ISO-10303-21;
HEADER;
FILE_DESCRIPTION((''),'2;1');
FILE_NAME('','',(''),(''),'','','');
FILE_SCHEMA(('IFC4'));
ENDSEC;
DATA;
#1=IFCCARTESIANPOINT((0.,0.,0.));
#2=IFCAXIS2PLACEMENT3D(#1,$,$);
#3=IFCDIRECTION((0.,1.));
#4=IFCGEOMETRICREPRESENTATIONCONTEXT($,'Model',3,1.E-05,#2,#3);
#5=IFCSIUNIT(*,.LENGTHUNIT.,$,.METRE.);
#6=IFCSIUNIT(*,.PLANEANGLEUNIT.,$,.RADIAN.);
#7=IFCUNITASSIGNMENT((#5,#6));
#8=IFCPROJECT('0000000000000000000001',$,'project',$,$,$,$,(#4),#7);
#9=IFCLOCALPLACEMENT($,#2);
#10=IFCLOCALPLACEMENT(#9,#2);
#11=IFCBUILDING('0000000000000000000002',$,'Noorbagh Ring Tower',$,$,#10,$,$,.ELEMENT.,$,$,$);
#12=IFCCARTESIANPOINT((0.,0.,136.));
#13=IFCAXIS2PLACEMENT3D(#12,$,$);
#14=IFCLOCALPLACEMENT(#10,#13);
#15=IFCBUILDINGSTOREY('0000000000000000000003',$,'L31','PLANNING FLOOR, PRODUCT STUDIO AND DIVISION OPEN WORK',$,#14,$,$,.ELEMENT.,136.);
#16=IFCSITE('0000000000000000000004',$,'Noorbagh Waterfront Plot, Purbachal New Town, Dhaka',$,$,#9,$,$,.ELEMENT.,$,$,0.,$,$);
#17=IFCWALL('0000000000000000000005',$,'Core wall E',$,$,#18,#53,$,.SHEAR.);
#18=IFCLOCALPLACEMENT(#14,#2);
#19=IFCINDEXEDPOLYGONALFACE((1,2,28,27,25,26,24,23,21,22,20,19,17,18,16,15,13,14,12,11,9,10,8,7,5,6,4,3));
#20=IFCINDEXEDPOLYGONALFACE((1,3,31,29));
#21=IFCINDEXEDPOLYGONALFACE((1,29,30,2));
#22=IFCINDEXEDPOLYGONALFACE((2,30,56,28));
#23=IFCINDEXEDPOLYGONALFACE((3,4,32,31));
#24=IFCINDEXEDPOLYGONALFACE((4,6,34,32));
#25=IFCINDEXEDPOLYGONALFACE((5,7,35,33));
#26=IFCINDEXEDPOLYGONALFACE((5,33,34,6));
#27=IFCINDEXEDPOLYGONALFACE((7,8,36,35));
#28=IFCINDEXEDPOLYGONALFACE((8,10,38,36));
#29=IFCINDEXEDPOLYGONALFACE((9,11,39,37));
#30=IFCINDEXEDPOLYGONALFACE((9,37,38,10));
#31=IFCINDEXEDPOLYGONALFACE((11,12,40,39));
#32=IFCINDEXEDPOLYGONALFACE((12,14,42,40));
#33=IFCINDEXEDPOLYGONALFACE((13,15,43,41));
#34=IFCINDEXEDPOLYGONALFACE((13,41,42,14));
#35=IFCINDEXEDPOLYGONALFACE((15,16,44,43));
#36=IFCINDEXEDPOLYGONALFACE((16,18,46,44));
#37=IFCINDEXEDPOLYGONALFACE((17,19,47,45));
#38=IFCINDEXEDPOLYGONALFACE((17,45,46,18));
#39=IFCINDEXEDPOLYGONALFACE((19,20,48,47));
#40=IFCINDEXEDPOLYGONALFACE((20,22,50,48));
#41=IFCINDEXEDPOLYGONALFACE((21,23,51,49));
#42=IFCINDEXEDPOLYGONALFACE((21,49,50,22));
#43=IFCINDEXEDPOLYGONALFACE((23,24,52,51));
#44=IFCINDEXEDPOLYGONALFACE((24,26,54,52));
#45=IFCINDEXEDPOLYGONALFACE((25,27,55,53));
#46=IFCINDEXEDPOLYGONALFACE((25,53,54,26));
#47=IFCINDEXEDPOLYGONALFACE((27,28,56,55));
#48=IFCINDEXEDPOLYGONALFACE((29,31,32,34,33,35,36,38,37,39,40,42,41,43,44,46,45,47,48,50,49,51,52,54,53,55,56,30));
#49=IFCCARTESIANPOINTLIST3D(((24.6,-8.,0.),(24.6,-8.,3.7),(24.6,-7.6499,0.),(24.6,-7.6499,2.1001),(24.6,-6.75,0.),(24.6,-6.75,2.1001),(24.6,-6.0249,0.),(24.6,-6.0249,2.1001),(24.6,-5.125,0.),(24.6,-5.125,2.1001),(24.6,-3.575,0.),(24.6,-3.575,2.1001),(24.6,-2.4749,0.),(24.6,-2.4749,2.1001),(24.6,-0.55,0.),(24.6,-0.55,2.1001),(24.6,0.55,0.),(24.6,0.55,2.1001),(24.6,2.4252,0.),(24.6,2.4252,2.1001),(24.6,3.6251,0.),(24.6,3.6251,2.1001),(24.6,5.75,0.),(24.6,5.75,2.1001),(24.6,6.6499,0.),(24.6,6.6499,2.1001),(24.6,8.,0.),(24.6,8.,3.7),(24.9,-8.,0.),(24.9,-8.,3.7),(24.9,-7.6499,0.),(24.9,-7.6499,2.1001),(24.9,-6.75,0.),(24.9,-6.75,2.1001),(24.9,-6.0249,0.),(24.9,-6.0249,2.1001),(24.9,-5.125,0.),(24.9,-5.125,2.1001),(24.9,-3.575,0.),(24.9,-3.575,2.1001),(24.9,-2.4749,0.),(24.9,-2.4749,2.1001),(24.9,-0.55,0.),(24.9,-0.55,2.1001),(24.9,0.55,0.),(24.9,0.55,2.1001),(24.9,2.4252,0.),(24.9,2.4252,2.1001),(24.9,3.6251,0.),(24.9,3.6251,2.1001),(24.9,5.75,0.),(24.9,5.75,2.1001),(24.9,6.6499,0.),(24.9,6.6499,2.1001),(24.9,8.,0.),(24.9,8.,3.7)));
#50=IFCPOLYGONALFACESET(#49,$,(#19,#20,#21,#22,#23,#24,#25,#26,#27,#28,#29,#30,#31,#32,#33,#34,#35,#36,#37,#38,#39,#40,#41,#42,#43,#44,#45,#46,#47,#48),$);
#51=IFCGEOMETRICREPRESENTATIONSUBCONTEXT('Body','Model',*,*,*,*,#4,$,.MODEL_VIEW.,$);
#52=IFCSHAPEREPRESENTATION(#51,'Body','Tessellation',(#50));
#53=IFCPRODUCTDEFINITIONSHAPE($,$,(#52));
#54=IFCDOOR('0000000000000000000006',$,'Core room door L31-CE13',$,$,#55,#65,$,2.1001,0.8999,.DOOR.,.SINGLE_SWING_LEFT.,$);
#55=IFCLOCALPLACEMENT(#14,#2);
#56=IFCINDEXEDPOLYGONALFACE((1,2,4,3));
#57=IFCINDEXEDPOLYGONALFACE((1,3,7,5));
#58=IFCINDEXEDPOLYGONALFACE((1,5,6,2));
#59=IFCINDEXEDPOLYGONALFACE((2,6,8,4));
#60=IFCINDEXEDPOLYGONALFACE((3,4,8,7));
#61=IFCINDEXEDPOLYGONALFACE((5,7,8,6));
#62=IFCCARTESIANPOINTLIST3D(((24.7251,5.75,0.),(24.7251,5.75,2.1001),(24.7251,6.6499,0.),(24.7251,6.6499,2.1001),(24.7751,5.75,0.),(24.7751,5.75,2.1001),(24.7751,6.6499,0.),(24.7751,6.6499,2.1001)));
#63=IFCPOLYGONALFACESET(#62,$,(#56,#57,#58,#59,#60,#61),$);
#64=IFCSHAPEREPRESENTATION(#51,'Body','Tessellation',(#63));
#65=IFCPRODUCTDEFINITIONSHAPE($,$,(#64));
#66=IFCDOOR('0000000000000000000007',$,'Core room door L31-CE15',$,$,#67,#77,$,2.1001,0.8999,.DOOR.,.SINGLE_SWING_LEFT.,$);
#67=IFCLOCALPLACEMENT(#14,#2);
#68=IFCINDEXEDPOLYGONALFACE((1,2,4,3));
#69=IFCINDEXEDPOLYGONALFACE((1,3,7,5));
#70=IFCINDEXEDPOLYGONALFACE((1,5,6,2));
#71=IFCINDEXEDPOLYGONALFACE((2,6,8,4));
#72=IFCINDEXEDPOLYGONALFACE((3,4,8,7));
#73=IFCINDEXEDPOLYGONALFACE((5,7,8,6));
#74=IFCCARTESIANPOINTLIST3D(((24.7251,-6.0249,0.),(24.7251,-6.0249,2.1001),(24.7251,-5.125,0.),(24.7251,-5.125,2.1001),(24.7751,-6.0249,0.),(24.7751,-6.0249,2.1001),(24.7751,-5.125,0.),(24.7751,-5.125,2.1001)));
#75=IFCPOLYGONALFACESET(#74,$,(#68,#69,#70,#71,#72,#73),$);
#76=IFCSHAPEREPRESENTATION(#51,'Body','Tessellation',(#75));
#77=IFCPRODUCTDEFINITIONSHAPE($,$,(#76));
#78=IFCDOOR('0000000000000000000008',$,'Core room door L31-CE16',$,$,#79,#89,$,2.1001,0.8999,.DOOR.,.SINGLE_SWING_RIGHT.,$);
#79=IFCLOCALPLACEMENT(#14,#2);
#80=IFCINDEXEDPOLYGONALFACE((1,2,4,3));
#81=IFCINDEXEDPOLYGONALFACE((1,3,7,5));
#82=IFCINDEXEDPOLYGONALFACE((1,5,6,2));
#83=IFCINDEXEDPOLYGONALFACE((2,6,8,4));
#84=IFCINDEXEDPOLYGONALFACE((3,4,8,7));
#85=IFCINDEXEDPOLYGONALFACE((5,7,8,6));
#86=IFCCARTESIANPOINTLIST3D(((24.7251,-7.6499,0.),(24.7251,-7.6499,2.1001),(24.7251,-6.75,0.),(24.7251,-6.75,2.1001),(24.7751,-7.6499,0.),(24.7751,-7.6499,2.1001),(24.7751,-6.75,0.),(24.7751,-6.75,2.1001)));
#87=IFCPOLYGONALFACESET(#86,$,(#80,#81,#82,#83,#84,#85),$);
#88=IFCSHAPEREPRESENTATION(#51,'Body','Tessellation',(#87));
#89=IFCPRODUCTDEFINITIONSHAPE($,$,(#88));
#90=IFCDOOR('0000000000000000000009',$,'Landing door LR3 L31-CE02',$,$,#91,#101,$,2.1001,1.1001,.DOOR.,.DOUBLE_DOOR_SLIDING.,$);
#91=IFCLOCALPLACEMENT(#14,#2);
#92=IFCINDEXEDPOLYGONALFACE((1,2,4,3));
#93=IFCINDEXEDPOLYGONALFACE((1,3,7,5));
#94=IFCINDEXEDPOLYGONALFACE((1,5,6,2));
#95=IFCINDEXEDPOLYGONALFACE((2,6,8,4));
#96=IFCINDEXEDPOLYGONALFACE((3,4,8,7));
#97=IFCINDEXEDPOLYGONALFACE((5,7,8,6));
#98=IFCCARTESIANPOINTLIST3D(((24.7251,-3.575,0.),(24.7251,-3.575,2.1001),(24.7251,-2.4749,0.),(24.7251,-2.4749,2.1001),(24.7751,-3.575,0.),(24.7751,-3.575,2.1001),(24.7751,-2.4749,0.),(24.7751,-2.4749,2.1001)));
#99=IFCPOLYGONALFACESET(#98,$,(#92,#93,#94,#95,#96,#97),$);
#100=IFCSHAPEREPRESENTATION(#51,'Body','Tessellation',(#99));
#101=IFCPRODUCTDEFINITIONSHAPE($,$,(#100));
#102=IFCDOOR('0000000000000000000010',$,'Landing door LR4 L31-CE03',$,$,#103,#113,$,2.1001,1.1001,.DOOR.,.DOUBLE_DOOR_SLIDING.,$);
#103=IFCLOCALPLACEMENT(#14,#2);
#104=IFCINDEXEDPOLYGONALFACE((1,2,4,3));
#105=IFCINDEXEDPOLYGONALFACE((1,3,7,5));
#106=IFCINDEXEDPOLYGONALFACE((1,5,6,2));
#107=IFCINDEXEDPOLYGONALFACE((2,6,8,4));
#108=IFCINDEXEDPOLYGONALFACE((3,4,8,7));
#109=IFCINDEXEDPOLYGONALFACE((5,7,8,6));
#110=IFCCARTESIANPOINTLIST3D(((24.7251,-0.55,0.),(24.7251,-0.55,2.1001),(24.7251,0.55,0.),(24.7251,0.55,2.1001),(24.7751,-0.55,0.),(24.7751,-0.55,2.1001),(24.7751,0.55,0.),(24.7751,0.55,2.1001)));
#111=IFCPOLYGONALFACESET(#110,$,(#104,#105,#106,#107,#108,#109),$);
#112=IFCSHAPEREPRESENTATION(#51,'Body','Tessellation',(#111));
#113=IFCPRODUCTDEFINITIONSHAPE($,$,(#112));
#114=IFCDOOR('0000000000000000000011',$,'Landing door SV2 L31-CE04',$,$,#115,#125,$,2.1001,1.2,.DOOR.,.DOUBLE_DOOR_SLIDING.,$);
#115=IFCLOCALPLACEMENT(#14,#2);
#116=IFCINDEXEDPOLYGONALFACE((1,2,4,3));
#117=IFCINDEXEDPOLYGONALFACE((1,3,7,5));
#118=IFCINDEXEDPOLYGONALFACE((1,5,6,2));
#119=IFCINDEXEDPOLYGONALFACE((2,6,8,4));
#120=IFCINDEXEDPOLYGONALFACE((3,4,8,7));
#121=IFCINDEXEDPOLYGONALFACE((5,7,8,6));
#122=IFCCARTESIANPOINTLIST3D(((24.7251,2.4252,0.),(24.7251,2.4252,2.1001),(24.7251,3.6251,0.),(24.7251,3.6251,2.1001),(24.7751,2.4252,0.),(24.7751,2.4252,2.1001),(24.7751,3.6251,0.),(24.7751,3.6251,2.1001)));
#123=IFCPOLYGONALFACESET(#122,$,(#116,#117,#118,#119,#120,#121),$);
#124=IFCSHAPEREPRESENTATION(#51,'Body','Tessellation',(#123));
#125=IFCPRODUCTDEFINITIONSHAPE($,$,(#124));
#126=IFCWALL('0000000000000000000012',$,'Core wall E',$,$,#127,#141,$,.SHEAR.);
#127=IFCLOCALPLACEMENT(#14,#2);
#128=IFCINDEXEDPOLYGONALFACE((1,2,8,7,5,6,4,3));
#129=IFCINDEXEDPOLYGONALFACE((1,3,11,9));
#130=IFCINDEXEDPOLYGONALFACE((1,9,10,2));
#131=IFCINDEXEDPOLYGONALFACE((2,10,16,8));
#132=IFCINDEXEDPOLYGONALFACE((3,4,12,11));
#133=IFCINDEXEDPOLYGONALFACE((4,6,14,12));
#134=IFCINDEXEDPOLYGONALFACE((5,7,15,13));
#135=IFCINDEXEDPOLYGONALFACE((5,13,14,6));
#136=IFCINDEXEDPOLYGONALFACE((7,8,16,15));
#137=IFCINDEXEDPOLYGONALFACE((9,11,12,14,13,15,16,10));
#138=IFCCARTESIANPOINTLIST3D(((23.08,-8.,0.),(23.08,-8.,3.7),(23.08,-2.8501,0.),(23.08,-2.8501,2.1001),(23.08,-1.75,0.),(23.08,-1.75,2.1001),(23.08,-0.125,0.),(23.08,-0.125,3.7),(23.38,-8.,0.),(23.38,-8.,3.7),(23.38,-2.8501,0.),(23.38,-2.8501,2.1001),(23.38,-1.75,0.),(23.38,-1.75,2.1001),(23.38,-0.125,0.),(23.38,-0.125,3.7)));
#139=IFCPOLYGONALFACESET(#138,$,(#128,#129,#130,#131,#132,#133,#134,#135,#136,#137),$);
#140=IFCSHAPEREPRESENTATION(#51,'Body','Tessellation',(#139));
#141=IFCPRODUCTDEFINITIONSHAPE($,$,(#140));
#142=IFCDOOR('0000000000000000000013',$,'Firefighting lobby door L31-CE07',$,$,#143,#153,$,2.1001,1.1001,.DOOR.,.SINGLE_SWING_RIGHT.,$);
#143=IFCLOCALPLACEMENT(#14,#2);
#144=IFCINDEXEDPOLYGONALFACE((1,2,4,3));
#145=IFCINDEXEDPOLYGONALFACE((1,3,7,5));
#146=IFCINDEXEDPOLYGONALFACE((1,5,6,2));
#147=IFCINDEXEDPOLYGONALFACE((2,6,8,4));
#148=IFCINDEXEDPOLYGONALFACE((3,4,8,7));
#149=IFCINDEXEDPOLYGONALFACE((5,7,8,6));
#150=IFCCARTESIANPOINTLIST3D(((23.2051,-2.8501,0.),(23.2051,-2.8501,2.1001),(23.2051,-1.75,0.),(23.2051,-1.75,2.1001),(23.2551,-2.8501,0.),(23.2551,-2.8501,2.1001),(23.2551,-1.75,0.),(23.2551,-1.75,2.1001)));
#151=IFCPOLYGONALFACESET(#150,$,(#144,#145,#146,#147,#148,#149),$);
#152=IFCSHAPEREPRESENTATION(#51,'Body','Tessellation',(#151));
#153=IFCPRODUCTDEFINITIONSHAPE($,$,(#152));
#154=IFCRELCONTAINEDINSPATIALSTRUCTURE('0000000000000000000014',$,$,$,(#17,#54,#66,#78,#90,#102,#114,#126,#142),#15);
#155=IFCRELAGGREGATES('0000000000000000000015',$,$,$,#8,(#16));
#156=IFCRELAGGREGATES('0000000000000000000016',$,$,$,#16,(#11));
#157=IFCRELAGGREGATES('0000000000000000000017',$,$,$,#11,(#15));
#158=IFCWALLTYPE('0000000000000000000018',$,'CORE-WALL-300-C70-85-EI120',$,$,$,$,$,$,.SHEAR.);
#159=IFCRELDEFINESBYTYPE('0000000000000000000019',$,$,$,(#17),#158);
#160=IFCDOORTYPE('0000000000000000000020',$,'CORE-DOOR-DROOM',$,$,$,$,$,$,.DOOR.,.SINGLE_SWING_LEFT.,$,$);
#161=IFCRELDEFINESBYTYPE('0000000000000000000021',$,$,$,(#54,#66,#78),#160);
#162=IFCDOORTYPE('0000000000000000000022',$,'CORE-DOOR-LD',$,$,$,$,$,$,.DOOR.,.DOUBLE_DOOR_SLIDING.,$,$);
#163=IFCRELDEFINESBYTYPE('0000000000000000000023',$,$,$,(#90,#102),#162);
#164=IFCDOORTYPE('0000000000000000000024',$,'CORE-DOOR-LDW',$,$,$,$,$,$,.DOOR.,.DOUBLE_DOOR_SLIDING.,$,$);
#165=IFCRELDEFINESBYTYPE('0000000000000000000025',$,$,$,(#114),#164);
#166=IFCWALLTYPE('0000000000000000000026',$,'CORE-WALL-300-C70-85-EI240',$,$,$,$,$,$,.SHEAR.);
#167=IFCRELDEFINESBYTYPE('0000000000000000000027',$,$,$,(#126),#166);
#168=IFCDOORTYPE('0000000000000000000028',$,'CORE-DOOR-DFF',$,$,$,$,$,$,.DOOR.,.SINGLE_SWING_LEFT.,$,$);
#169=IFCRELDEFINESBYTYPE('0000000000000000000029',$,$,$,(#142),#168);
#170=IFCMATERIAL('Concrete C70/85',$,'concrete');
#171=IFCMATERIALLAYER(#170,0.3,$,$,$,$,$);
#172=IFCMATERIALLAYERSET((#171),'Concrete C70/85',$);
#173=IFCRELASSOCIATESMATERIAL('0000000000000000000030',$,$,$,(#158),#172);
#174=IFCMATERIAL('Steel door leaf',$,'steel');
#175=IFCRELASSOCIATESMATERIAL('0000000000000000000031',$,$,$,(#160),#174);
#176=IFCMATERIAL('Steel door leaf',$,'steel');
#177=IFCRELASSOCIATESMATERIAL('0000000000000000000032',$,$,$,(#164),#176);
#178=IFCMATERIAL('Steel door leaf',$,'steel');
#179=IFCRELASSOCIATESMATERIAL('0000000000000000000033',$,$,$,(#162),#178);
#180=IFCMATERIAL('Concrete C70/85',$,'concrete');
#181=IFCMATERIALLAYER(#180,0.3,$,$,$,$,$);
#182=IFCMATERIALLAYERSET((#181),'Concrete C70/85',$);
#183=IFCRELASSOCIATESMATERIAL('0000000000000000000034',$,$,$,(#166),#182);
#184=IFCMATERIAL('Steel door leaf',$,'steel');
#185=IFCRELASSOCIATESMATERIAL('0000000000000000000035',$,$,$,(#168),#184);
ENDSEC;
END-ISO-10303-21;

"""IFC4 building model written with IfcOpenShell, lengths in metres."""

from ifc_helpers import new_model, si_unit, direction, frame, frame_2d, origin, place, context, subcontext, project, spatial, rectangle, extrude, material, layer, layer_set, type_object, element, fill, save


model = new_model("IFC4")

# Units and contexts
model_context = context("Model", 3, precision=1e-05, world=origin(), true_north=direction((0.0, 1.0)))
body_context = subcontext(model_context, "Body", "Model", "MODEL_VIEW")
ifc_project = project(units=[si_unit("LENGTHUNIT", "METRE"), si_unit("PLANEANGLEUNIT", "RADIAN")], contexts=[model_context])

# Site, building, storey
site_placement = place(None, origin())
site = spatial("IfcSite", under=ifc_project, at=site_placement, Name="Noorbagh Waterfront Plot, Purbachal New Town, Dhaka", CompositionType="ELEMENT", RefElevation=0.0)
building_placement = place(site_placement, origin())
building = spatial("IfcBuilding", under=site, at=building_placement, Name="Noorbagh Ring Tower", CompositionType="ELEMENT")
storey_placement = place(building_placement, frame((0.0, 0.0, 136.0)))
storey = spatial("IfcBuildingStorey", under=building, at=storey_placement, Name="L31", Description="PLANNING FLOOR, PRODUCT STUDIO AND DIVISION OPEN WORK", CompositionType="ELEMENT", Elevation=136.0)

# Wall, openings, doors
ifc_material_1 = material(Name="Concrete C70/85", Category="concrete")
ifc_layer_1 = layer(ifc_material_1, 0.3)
ifc_layer_set_1 = layer_set([ifc_layer_1], Name="Concrete C70/85")
wall_type_1 = type_object("IfcWallType", Name="CORE-WALL-300-C70-85-EI120", PredefinedType="SHEAR", material=ifc_layer_set_1)
ifc_material_2 = material(Name="Steel door leaf", Category="steel")
door_type_1 = type_object("IfcDoorType", Name="CORE-DOOR-DROOM", OperationType="SINGLE_SWING_LEFT", PredefinedType="DOOR", material=ifc_material_2)
ifc_material_3 = material(Name="Steel door leaf", Category="steel")
door_type_2 = type_object("IfcDoorType", Name="CORE-DOOR-LDW", OperationType="DOUBLE_DOOR_SLIDING", PredefinedType="DOOR", material=ifc_material_3)
wall_1_placement = place(storey_placement, frame((24.75, -8.0, 0.0), z_axis=(0.0, 0.0, 1.0), x_axis=(0.0, 1.0, 0.0)))
wall_1 = element("IfcWall", 1, at=wall_1_placement, inside=storey, type_object=wall_type_1, Name="Core wall E", PredefinedType="SHEAR", context=body_context, shape_type="SweptSolid", body=[
    extrude(rectangle(XDim=16.0, YDim=0.3, at=frame_2d((8.0, 0.0))), origin(), (0.0, 0.0, 1.0), 3.7),
])
opening_1_placement = place(wall_1_placement, frame((4.425, 0.0, 0.0)))
opening_1 = element("IfcOpeningElement", 2, at=opening_1_placement, cuts=wall_1, PredefinedType="OPENING", context=body_context, shape_type="SweptSolid", body=[
    extrude(rectangle(XDim=1.1001, YDim=2.1001, at=frame_2d((0.55, 1.05))), frame((0.0, 0.1602, 0.0), z_axis=(0.0, -1.0, 0.0), x_axis=(1.0, 0.0, 0.0)), (0.0, 0.0, 1.0), 0.3201),
])
opening_2_placement = place(wall_1_placement, frame((7.45, 0.0, 0.0)))
opening_2 = element("IfcOpeningElement", 3, at=opening_2_placement, cuts=wall_1, PredefinedType="OPENING", context=body_context, shape_type="SweptSolid", body=[
    extrude(rectangle(XDim=1.1001, YDim=2.1001, at=frame_2d((0.55, 1.05))), frame((0.0, 0.1602, 0.0), z_axis=(0.0, -1.0, 0.0), x_axis=(1.0, 0.0, 0.0)), (0.0, 0.0, 1.0), 0.3201),
])
opening_3_placement = place(wall_1_placement, frame((10.425, 0.0, 0.0)))
opening_3 = element("IfcOpeningElement", 4, at=opening_3_placement, cuts=wall_1, PredefinedType="OPENING", context=body_context, shape_type="SweptSolid", body=[
    extrude(rectangle(XDim=1.2, YDim=2.1001, at=frame_2d((0.6001, 1.05))), frame((0.0, 0.1602, 0.0), z_axis=(0.0, -1.0, 0.0), x_axis=(1.0, 0.0, 0.0)), (0.0, 0.0, 1.0), 0.3201),
])
opening_4_placement = place(wall_1_placement, frame((13.75, 0.0, 0.0)))
opening_4 = element("IfcOpeningElement", 5, at=opening_4_placement, cuts=wall_1, PredefinedType="OPENING", context=body_context, shape_type="SweptSolid", body=[
    extrude(rectangle(XDim=0.8999, YDim=2.1001, at=frame_2d((0.45, 1.05))), frame((0.0, 0.1602, 0.0), z_axis=(0.0, -1.0, 0.0), x_axis=(1.0, 0.0, 0.0)), (0.0, 0.0, 1.0), 0.3201),
])
opening_5_placement = place(wall_1_placement, frame((1.9751, 0.0, 0.0)))
opening_5 = element("IfcOpeningElement", 6, at=opening_5_placement, cuts=wall_1, PredefinedType="OPENING", context=body_context, shape_type="SweptSolid", body=[
    extrude(rectangle(XDim=0.8999, YDim=2.1001, at=frame_2d((0.45, 1.05))), frame((0.0, 0.1602, 0.0), z_axis=(0.0, -1.0, 0.0), x_axis=(1.0, 0.0, 0.0)), (0.0, 0.0, 1.0), 0.3201),
])
opening_6_placement = place(wall_1_placement, frame((0.3501, 0.0, 0.0)))
opening_6 = element("IfcOpeningElement", 7, at=opening_6_placement, cuts=wall_1, PredefinedType="OPENING", context=body_context, shape_type="SweptSolid", body=[
    extrude(rectangle(XDim=0.8999, YDim=2.1001, at=frame_2d((0.45, 1.05))), frame((0.0, 0.1602, 0.0), z_axis=(0.0, -1.0, 0.0), x_axis=(1.0, 0.0, 0.0)), (0.0, 0.0, 1.0), 0.3201),
])
door_1_placement = place(opening_4_placement, origin())
door_1 = element("IfcDoor", 8, at=door_1_placement, inside=storey, type_object=door_type_1, Name="Core room door L31-CE13", OperationType="SINGLE_SWING_LEFT", OverallHeight=2.1001, OverallWidth=0.8999, PredefinedType="DOOR", context=body_context, shape_type="SweptSolid", body=[
    extrude(rectangle(XDim=0.8999, YDim=2.1001, at=frame_2d((0.45, 1.05))), frame((0.0, 0.0249, 0.0), z_axis=(0.0, -1.0, 0.0), x_axis=(1.0, 0.0, 0.0)), (0.0, 0.0, 1.0), 0.05),
])
fill(opening_4, door_1)
door_2_placement = place(opening_5_placement, origin())
door_2 = element("IfcDoor", 9, at=door_2_placement, inside=storey, type_object=door_type_1, Name="Core room door L31-CE15", OperationType="SINGLE_SWING_LEFT", OverallHeight=2.1001, OverallWidth=0.8999, PredefinedType="DOOR", context=body_context, shape_type="SweptSolid", body=[
    extrude(rectangle(XDim=0.8999, YDim=2.1001, at=frame_2d((0.45, 1.05))), frame((0.0, 0.0249, 0.0), z_axis=(0.0, -1.0, 0.0), x_axis=(1.0, 0.0, 0.0)), (0.0, 0.0, 1.0), 0.05),
])
fill(opening_5, door_2)
door_3_placement = place(opening_6_placement, origin())
door_3 = element("IfcDoor", 10, at=door_3_placement, inside=storey, type_object=door_type_1, Name="Core room door L31-CE16", OperationType="SINGLE_SWING_RIGHT", OverallHeight=2.1001, OverallWidth=0.8999, PredefinedType="DOOR", context=body_context, shape_type="SweptSolid", body=[
    extrude(rectangle(XDim=0.8999, YDim=2.1001, at=frame_2d((0.45, 1.05))), frame((0.0, 0.0249, 0.0), z_axis=(0.0, -1.0, 0.0), x_axis=(1.0, 0.0, 0.0)), (0.0, 0.0, 1.0), 0.05),
])
fill(opening_6, door_3)
ifc_material_4 = material(Name="Steel door leaf", Category="steel")
door_type_3 = type_object("IfcDoorType", Name="CORE-DOOR-LD", OperationType="DOUBLE_DOOR_SLIDING", PredefinedType="DOOR", material=ifc_material_4)
door_4_placement = place(opening_1_placement, origin())
door_4 = element("IfcDoor", 11, at=door_4_placement, inside=storey, type_object=door_type_3, Name="Landing door LR3 L31-CE02", OperationType="DOUBLE_DOOR_SLIDING", OverallHeight=2.1001, OverallWidth=1.1001, PredefinedType="DOOR", context=body_context, shape_type="SweptSolid", body=[
    extrude(rectangle(XDim=1.1001, YDim=2.1001, at=frame_2d((0.55, 1.05))), frame((0.0, 0.0249, 0.0), z_axis=(0.0, -1.0, 0.0), x_axis=(1.0, 0.0, 0.0)), (0.0, 0.0, 1.0), 0.05),
])
fill(opening_1, door_4)
door_5_placement = place(opening_2_placement, origin())
door_5 = element("IfcDoor", 12, at=door_5_placement, inside=storey, type_object=door_type_3, Name="Landing door LR4 L31-CE03", OperationType="DOUBLE_DOOR_SLIDING", OverallHeight=2.1001, OverallWidth=1.1001, PredefinedType="DOOR", context=body_context, shape_type="SweptSolid", body=[
    extrude(rectangle(XDim=1.1001, YDim=2.1001, at=frame_2d((0.55, 1.05))), frame((0.0, 0.0249, 0.0), z_axis=(0.0, -1.0, 0.0), x_axis=(1.0, 0.0, 0.0)), (0.0, 0.0, 1.0), 0.05),
])
fill(opening_2, door_5)
door_6_placement = place(opening_3_placement, origin())
door_6 = element("IfcDoor", 13, at=door_6_placement, inside=storey, type_object=door_type_2, Name="Landing door SV2 L31-CE04", OperationType="DOUBLE_DOOR_SLIDING", OverallHeight=2.1001, OverallWidth=1.2, PredefinedType="DOOR", context=body_context, shape_type="SweptSolid", body=[
    extrude(rectangle(XDim=1.2, YDim=2.1001, at=frame_2d((0.6001, 1.05))), frame((0.0, 0.0249, 0.0), z_axis=(0.0, -1.0, 0.0), x_axis=(1.0, 0.0, 0.0)), (0.0, 0.0, 1.0), 0.05),
])
fill(opening_3, door_6)

# Wall, opening, door
ifc_material_5 = material(Name="Concrete C70/85", Category="concrete")
ifc_layer_2 = layer(ifc_material_5, 0.3)
ifc_layer_set_2 = layer_set([ifc_layer_2], Name="Concrete C70/85")
wall_type_2 = type_object("IfcWallType", Name="CORE-WALL-300-C70-85-EI240", PredefinedType="SHEAR", material=ifc_layer_set_2)
wall_2_placement = place(storey_placement, frame((23.23, -8.0, 0.0), z_axis=(0.0, 0.0, 1.0), x_axis=(0.0, 1.0, 0.0)))
wall_2 = element("IfcWall", 14, at=wall_2_placement, inside=storey, type_object=wall_type_2, Name="Core wall E", PredefinedType="SHEAR", context=body_context, shape_type="SweptSolid", body=[
    extrude(rectangle(XDim=7.875, YDim=0.3, at=frame_2d((3.9375, 0.0))), origin(), (0.0, 0.0, 1.0), 3.7),
])
opening_7_placement = place(wall_2_placement, frame((5.1499, 0.0, 0.0)))
opening_7 = element("IfcOpeningElement", 15, at=opening_7_placement, cuts=wall_2, PredefinedType="OPENING", context=body_context, shape_type="SweptSolid", body=[
    extrude(rectangle(XDim=1.1001, YDim=2.1001, at=frame_2d((0.55, 1.05))), frame((0.0, 0.1602, 0.0), z_axis=(0.0, -1.0, 0.0), x_axis=(1.0, 0.0, 0.0)), (0.0, 0.0, 1.0), 0.3201),
])
ifc_material_6 = material(Name="Steel door leaf", Category="steel")
door_type_4 = type_object("IfcDoorType", Name="CORE-DOOR-DFF", OperationType="SINGLE_SWING_LEFT", PredefinedType="DOOR", material=ifc_material_6)
door_7_placement = place(opening_7_placement, origin())
door_7 = element("IfcDoor", 16, at=door_7_placement, inside=storey, type_object=door_type_4, Name="Firefighting lobby door L31-CE07", OperationType="SINGLE_SWING_RIGHT", OverallHeight=2.1001, OverallWidth=1.1001, PredefinedType="DOOR", context=body_context, shape_type="SweptSolid", body=[
    extrude(rectangle(XDim=1.1001, YDim=2.1001, at=frame_2d((0.55, 1.05))), frame((0.0, 0.0249, 0.0), z_axis=(0.0, -1.0, 0.0), x_axis=(1.0, 0.0, 0.0)), (0.0, 0.0, 1.0), 0.05),
])
fill(opening_7, door_7)

save(model, "model.ifc")
